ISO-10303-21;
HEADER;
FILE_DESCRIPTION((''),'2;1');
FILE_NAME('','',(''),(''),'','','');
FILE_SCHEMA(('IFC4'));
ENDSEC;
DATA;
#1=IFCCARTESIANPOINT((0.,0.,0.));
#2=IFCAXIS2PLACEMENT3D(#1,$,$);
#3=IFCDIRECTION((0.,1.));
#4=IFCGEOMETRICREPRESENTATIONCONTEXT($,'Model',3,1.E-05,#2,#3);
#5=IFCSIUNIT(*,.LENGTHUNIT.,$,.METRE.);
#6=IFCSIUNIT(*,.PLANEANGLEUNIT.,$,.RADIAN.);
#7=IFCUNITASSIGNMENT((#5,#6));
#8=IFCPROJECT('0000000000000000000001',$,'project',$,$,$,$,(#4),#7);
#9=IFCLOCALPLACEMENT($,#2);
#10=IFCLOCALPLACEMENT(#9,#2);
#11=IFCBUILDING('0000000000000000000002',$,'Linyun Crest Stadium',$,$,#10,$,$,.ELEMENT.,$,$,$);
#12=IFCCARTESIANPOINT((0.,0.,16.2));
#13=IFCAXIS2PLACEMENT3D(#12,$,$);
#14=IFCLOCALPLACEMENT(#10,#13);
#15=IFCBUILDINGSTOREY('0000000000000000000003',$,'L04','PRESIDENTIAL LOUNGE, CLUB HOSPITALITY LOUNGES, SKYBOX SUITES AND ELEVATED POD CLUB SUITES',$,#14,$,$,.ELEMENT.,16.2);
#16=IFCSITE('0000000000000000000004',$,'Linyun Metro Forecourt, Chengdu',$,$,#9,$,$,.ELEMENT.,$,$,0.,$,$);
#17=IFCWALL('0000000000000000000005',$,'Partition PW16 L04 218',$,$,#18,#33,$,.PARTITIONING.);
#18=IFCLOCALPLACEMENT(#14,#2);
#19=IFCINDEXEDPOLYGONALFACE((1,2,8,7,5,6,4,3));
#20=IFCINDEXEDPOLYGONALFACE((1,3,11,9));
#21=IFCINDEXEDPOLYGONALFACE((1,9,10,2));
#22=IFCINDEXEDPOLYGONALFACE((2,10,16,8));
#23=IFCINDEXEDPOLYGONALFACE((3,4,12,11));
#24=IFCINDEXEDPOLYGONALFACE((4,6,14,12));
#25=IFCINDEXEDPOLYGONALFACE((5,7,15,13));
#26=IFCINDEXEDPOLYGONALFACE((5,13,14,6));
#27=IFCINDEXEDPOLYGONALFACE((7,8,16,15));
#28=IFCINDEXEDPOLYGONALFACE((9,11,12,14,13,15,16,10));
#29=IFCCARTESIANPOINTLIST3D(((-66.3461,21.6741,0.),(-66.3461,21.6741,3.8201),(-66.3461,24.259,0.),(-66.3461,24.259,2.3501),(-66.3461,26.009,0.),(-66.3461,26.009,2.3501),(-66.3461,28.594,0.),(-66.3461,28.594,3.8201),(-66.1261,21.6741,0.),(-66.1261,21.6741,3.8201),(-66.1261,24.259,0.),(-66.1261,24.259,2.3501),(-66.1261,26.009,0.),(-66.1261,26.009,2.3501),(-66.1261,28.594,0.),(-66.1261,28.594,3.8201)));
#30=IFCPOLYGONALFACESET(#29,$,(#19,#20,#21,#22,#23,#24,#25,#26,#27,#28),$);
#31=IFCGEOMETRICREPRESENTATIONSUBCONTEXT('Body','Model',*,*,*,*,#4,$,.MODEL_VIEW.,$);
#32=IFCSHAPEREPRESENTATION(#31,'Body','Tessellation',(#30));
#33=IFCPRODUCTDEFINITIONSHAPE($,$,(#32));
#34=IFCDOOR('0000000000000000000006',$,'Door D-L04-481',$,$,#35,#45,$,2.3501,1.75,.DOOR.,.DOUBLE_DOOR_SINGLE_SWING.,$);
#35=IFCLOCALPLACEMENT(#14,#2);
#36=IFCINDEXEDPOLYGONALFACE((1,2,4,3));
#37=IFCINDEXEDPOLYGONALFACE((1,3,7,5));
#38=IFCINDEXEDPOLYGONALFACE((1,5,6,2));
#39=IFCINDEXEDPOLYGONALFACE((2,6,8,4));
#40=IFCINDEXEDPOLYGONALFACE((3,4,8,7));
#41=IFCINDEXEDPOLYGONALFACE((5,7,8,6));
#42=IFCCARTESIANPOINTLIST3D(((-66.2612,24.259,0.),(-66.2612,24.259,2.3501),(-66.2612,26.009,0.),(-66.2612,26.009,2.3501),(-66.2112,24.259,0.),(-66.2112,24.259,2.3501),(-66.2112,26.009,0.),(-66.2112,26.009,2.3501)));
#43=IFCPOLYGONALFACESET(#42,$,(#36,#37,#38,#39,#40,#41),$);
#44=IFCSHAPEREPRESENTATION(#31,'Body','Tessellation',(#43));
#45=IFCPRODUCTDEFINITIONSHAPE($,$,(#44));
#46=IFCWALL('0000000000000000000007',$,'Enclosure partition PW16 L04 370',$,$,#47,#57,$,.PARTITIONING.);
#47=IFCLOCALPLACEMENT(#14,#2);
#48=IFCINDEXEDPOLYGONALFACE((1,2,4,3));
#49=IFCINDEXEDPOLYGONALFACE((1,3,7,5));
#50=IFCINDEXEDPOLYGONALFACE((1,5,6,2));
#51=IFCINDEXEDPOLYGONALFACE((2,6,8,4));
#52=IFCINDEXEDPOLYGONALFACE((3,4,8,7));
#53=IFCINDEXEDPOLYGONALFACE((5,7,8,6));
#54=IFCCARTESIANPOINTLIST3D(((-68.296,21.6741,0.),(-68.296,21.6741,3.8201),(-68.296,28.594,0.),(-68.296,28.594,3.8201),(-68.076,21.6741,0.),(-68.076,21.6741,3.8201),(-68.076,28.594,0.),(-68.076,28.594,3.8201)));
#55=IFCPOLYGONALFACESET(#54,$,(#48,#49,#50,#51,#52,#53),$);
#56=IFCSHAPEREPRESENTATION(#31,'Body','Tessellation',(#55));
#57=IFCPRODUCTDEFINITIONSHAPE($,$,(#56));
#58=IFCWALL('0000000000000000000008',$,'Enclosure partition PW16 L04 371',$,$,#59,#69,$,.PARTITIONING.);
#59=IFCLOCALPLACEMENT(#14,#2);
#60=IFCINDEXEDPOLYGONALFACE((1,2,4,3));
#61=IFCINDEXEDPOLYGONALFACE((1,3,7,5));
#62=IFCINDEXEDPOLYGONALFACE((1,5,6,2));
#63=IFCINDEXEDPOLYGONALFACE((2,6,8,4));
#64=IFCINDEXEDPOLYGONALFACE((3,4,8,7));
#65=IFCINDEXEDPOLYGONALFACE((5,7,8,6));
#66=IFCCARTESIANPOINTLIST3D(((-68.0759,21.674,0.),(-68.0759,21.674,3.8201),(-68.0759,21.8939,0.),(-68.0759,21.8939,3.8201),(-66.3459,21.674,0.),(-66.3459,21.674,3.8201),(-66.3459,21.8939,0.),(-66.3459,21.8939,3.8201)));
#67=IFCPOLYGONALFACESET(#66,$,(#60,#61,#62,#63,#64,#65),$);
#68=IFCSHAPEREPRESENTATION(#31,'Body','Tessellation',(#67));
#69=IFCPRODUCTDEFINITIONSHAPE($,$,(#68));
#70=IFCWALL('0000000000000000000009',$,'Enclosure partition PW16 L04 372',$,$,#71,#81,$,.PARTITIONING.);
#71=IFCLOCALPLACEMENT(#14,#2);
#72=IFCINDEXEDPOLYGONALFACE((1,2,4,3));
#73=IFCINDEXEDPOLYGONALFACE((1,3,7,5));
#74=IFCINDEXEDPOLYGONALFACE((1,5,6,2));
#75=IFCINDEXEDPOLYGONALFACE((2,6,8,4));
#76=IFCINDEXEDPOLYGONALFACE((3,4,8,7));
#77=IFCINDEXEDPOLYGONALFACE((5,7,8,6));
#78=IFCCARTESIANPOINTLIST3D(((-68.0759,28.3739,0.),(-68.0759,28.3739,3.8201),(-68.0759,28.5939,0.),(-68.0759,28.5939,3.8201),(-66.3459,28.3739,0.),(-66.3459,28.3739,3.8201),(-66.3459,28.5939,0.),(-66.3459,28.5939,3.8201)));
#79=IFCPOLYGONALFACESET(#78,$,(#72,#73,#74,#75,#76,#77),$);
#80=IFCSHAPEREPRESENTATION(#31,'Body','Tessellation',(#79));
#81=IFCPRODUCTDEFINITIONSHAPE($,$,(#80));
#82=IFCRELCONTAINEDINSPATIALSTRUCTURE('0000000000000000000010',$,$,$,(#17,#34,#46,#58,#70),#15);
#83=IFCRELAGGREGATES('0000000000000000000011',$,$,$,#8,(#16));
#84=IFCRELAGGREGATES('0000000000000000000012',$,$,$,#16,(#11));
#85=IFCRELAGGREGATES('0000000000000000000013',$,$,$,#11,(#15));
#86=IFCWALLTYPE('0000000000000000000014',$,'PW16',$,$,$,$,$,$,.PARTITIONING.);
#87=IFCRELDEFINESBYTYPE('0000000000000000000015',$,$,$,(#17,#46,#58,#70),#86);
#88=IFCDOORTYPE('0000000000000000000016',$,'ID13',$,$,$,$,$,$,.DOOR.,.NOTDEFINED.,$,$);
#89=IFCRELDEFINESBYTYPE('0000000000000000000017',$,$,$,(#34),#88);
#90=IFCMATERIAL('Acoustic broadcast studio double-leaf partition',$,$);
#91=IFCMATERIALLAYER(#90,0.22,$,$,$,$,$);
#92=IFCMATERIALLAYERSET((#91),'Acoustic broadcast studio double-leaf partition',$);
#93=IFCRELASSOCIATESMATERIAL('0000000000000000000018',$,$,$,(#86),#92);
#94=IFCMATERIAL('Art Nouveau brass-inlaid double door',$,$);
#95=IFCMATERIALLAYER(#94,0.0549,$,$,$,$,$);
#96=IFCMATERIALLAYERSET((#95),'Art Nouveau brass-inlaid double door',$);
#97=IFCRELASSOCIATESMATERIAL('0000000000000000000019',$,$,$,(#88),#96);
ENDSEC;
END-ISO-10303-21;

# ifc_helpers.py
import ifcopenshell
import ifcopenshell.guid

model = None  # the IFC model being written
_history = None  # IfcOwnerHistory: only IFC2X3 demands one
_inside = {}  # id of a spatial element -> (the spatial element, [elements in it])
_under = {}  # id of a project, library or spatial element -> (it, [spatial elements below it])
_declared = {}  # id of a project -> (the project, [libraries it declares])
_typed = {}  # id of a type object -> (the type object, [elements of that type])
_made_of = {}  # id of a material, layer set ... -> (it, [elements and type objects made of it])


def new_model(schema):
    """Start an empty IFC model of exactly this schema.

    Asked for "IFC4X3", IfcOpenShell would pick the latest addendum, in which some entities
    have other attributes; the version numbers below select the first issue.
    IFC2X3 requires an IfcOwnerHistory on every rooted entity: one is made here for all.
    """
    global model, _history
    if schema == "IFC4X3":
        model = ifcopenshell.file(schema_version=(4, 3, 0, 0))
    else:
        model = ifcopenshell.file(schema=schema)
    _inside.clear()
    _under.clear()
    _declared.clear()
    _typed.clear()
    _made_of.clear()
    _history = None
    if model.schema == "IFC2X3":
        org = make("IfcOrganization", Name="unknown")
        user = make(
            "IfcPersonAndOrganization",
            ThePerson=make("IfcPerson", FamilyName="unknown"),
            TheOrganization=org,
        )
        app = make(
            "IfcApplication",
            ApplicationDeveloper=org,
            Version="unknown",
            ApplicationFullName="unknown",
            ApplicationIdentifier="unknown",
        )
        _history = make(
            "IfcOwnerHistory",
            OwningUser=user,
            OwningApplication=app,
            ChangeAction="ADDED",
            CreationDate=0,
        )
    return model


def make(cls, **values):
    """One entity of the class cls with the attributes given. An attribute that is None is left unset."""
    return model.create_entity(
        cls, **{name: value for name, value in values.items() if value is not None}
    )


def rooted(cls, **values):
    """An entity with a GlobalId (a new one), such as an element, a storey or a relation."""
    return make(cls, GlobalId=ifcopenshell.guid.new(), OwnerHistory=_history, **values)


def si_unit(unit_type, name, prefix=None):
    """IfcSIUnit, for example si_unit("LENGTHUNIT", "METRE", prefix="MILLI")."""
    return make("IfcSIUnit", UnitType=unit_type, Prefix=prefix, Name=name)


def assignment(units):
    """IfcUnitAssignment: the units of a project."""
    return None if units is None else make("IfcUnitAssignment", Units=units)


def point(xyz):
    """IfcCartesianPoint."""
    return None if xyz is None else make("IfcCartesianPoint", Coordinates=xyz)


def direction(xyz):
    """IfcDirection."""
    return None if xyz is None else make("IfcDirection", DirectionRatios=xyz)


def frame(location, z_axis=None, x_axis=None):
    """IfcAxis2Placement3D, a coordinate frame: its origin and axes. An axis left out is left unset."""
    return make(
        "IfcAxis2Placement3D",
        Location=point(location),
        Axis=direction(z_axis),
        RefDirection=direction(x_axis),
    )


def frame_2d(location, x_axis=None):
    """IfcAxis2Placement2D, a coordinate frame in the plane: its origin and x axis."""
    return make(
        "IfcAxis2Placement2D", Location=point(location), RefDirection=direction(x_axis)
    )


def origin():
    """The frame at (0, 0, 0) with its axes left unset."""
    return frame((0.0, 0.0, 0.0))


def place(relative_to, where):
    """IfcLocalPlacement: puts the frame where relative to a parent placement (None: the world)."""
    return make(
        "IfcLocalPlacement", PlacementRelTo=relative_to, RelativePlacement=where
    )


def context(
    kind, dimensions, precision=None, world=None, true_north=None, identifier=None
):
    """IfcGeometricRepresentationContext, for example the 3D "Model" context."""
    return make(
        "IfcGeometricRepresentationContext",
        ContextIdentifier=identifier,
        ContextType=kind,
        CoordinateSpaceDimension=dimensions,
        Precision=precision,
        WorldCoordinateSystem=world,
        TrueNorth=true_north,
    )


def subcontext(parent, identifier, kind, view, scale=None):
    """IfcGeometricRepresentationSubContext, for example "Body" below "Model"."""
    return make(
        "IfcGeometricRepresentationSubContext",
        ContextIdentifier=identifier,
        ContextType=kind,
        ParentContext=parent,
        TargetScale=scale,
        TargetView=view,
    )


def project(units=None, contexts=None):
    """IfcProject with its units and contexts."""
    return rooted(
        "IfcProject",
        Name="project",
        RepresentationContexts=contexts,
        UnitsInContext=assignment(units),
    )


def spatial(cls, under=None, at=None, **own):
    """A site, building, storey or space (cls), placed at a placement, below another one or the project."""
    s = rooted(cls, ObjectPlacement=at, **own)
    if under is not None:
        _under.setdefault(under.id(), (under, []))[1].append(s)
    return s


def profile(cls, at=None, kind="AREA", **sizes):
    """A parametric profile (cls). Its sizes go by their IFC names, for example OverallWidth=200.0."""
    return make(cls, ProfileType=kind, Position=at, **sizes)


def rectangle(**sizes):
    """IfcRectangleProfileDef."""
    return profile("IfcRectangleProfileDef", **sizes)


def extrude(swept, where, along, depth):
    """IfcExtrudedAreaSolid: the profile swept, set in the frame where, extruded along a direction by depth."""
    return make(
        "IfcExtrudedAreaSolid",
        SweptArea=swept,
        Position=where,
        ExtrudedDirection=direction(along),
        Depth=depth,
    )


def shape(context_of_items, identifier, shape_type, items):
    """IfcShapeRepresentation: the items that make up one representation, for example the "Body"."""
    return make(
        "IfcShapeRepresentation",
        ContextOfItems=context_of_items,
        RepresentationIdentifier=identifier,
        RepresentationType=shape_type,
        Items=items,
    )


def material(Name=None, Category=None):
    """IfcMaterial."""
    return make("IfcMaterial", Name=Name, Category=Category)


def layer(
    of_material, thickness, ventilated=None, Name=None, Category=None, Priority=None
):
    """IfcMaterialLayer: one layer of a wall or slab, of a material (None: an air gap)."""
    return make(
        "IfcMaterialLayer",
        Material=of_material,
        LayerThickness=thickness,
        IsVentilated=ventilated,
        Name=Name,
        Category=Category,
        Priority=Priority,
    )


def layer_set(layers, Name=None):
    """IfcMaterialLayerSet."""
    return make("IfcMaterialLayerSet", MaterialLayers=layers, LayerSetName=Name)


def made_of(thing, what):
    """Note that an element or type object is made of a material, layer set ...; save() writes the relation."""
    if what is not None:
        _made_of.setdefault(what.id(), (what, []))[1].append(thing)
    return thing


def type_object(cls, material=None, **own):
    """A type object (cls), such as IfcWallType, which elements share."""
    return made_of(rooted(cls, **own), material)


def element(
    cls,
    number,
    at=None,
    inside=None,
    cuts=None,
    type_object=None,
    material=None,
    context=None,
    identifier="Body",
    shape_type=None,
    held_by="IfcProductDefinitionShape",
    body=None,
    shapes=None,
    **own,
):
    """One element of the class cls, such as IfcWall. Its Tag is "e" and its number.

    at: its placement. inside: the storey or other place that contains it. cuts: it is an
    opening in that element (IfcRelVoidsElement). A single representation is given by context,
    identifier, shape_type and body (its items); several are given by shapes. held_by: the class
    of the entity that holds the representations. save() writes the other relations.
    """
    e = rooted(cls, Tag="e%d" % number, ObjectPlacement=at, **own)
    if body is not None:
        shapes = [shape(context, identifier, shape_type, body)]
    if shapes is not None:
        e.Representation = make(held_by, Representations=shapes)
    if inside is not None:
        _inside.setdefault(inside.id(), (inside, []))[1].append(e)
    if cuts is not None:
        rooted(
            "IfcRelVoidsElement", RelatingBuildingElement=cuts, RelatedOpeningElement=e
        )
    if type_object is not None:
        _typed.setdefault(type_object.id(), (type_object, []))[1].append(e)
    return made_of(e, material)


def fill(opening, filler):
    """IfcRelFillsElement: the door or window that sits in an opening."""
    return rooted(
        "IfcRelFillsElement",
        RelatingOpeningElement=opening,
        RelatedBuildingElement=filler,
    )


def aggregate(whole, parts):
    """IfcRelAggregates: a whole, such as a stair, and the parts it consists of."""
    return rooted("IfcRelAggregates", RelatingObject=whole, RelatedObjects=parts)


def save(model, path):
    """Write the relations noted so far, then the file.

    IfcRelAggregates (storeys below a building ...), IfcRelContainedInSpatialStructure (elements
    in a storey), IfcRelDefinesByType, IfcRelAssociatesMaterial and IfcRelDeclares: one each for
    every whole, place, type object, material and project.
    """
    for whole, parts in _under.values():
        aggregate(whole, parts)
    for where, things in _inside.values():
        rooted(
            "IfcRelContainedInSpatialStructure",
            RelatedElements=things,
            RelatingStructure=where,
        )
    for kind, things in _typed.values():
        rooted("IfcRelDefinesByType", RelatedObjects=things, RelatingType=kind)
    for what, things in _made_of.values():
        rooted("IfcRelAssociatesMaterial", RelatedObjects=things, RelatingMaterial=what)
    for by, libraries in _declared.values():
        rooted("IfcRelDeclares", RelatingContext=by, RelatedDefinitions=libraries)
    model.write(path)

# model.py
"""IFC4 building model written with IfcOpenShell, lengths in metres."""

from ifc_helpers import new_model, si_unit, direction, frame, frame_2d, origin, place, context, subcontext, project, spatial, rectangle, extrude, material, layer, layer_set, type_object, element, fill, save


model = new_model("IFC4")

# Units and contexts
model_context = context("Model", 3, precision=1e-05, world=origin(), true_north=direction((0.0, 1.0)))
body_context = subcontext(model_context, "Body", "Model", "MODEL_VIEW")
ifc_project = project(units=[si_unit("LENGTHUNIT", "METRE"), si_unit("PLANEANGLEUNIT", "RADIAN")], contexts=[model_context])

# Site, building, storey
site_placement = place(None, origin())
site = spatial("IfcSite", under=ifc_project, at=site_placement, Name="Linyun Metro Forecourt, Chengdu", CompositionType="ELEMENT", RefElevation=0.0)
building_placement = place(site_placement, origin())
building = spatial("IfcBuilding", under=site, at=building_placement, Name="Linyun Crest Stadium", CompositionType="ELEMENT")
storey_placement = place(building_placement, frame((0.0, 0.0, 16.2)))
storey = spatial("IfcBuildingStorey", under=building, at=storey_placement, Name="L04", Description="PRESIDENTIAL LOUNGE, CLUB HOSPITALITY LOUNGES, SKYBOX SUITES AND ELEVATED POD CLUB SUITES", CompositionType="ELEMENT", Elevation=16.2)

# Wall, opening, door
ifc_material_1 = material(Name="Acoustic broadcast studio double-leaf partition")
ifc_layer_1 = layer(ifc_material_1, 0.22)
ifc_layer_set_1 = layer_set([ifc_layer_1], Name="Acoustic broadcast studio double-leaf partition")
wall_type_1 = type_object("IfcWallType", Name="PW16", PredefinedType="PARTITIONING", material=ifc_layer_set_1)
wall_1_placement = place(storey_placement, frame((-66.2361, 28.594, 0.0), z_axis=(0.0, 0.0, 1.0), x_axis=(0.0, -1.0, 0.0)))
wall_1 = element("IfcWall", 1, at=wall_1_placement, inside=storey, type_object=wall_type_1, Name="Partition PW16 L04 218", PredefinedType="PARTITIONING", context=body_context, shape_type="SweptSolid", body=[
    extrude(rectangle(XDim=6.9199, YDim=0.22, at=frame_2d((3.46, 0.0))), origin(), (0.0, 0.0, 1.0), 3.8201),
])
opening_1_placement = place(wall_1_placement, frame((2.585, 0.0, 0.0)))
opening_1 = element("IfcOpeningElement", 2, at=opening_1_placement, cuts=wall_1, PredefinedType="OPENING", context=body_context, shape_type="SweptSolid", body=[
    extrude(rectangle(XDim=1.75, YDim=2.3501, at=frame_2d((0.875, 1.175))), frame((0.0, 0.1199, 0.0), z_axis=(0.0, -1.0, 0.0), x_axis=(1.0, 0.0, 0.0)), (0.0, 0.0, 1.0), 0.24),
])
ifc_material_2 = material(Name="Art Nouveau brass-inlaid double door")
ifc_layer_2 = layer(ifc_material_2, 0.0549)
ifc_layer_set_2 = layer_set([ifc_layer_2], Name="Art Nouveau brass-inlaid double door")
door_type_1 = type_object("IfcDoorType", Name="ID13", OperationType="NOTDEFINED", PredefinedType="DOOR", material=ifc_layer_set_2)
door_1_placement = place(opening_1_placement, origin())
door_1 = element("IfcDoor", 3, at=door_1_placement, inside=storey, type_object=door_type_1, Name="Door D-L04-481", OperationType="DOUBLE_DOOR_SINGLE_SWING", OverallHeight=2.3501, OverallWidth=1.75, PredefinedType="DOOR", context=body_context, shape_type="SweptSolid", body=[
    extrude(rectangle(XDim=1.75, YDim=2.3501, at=frame_2d((0.875, 1.175))), frame((0.0, 0.0249, 0.0), z_axis=(0.0, -1.0, 0.0), x_axis=(1.0, 0.0, 0.0)), (0.0, 0.0, 1.0), 0.05),
])
fill(opening_1, door_1)

# Walls
wall_2_placement = place(storey_placement, frame((-68.186, 21.6741, 0.0), z_axis=(0.0, 0.0, 1.0), x_axis=(0.0, 1.0, 0.0)))
element("IfcWall", 4, at=wall_2_placement, inside=storey, type_object=wall_type_1, Name="Enclosure partition PW16 L04 370", PredefinedType="PARTITIONING", context=body_context, shape_type="SweptSolid", body=[
    extrude(rectangle(XDim=6.9199, YDim=0.22, at=frame_2d((3.46, 0.0))), origin(), (0.0, 0.0, 1.0), 3.8201),
])
for number, where, z_axis, x_axis, name in (
    (5, (-68.0759, 21.7839, 0.0), (0.0, 0.0, 1.0), (1.0, 0.0, 0.0), "Enclosure partition PW16 L04 371"),
    (6, (-68.0759, 28.4839, 0.0), (0.0, 0.0, 1.0), (1.0, 0.0, 0.0), "Enclosure partition PW16 L04 372"),
):
    element("IfcWall", number, at=place(storey_placement, frame(where, z_axis=z_axis, x_axis=x_axis)), inside=storey, type_object=wall_type_1, Name=name, PredefinedType="PARTITIONING", context=body_context, shape_type="SweptSolid", body=[
        extrude(rectangle(XDim=1.73, YDim=0.22, at=frame_2d((0.865, 0.0))), origin(), (0.0, 0.0, 1.0), 3.8201),
    ])

save(model, "model.ifc")
